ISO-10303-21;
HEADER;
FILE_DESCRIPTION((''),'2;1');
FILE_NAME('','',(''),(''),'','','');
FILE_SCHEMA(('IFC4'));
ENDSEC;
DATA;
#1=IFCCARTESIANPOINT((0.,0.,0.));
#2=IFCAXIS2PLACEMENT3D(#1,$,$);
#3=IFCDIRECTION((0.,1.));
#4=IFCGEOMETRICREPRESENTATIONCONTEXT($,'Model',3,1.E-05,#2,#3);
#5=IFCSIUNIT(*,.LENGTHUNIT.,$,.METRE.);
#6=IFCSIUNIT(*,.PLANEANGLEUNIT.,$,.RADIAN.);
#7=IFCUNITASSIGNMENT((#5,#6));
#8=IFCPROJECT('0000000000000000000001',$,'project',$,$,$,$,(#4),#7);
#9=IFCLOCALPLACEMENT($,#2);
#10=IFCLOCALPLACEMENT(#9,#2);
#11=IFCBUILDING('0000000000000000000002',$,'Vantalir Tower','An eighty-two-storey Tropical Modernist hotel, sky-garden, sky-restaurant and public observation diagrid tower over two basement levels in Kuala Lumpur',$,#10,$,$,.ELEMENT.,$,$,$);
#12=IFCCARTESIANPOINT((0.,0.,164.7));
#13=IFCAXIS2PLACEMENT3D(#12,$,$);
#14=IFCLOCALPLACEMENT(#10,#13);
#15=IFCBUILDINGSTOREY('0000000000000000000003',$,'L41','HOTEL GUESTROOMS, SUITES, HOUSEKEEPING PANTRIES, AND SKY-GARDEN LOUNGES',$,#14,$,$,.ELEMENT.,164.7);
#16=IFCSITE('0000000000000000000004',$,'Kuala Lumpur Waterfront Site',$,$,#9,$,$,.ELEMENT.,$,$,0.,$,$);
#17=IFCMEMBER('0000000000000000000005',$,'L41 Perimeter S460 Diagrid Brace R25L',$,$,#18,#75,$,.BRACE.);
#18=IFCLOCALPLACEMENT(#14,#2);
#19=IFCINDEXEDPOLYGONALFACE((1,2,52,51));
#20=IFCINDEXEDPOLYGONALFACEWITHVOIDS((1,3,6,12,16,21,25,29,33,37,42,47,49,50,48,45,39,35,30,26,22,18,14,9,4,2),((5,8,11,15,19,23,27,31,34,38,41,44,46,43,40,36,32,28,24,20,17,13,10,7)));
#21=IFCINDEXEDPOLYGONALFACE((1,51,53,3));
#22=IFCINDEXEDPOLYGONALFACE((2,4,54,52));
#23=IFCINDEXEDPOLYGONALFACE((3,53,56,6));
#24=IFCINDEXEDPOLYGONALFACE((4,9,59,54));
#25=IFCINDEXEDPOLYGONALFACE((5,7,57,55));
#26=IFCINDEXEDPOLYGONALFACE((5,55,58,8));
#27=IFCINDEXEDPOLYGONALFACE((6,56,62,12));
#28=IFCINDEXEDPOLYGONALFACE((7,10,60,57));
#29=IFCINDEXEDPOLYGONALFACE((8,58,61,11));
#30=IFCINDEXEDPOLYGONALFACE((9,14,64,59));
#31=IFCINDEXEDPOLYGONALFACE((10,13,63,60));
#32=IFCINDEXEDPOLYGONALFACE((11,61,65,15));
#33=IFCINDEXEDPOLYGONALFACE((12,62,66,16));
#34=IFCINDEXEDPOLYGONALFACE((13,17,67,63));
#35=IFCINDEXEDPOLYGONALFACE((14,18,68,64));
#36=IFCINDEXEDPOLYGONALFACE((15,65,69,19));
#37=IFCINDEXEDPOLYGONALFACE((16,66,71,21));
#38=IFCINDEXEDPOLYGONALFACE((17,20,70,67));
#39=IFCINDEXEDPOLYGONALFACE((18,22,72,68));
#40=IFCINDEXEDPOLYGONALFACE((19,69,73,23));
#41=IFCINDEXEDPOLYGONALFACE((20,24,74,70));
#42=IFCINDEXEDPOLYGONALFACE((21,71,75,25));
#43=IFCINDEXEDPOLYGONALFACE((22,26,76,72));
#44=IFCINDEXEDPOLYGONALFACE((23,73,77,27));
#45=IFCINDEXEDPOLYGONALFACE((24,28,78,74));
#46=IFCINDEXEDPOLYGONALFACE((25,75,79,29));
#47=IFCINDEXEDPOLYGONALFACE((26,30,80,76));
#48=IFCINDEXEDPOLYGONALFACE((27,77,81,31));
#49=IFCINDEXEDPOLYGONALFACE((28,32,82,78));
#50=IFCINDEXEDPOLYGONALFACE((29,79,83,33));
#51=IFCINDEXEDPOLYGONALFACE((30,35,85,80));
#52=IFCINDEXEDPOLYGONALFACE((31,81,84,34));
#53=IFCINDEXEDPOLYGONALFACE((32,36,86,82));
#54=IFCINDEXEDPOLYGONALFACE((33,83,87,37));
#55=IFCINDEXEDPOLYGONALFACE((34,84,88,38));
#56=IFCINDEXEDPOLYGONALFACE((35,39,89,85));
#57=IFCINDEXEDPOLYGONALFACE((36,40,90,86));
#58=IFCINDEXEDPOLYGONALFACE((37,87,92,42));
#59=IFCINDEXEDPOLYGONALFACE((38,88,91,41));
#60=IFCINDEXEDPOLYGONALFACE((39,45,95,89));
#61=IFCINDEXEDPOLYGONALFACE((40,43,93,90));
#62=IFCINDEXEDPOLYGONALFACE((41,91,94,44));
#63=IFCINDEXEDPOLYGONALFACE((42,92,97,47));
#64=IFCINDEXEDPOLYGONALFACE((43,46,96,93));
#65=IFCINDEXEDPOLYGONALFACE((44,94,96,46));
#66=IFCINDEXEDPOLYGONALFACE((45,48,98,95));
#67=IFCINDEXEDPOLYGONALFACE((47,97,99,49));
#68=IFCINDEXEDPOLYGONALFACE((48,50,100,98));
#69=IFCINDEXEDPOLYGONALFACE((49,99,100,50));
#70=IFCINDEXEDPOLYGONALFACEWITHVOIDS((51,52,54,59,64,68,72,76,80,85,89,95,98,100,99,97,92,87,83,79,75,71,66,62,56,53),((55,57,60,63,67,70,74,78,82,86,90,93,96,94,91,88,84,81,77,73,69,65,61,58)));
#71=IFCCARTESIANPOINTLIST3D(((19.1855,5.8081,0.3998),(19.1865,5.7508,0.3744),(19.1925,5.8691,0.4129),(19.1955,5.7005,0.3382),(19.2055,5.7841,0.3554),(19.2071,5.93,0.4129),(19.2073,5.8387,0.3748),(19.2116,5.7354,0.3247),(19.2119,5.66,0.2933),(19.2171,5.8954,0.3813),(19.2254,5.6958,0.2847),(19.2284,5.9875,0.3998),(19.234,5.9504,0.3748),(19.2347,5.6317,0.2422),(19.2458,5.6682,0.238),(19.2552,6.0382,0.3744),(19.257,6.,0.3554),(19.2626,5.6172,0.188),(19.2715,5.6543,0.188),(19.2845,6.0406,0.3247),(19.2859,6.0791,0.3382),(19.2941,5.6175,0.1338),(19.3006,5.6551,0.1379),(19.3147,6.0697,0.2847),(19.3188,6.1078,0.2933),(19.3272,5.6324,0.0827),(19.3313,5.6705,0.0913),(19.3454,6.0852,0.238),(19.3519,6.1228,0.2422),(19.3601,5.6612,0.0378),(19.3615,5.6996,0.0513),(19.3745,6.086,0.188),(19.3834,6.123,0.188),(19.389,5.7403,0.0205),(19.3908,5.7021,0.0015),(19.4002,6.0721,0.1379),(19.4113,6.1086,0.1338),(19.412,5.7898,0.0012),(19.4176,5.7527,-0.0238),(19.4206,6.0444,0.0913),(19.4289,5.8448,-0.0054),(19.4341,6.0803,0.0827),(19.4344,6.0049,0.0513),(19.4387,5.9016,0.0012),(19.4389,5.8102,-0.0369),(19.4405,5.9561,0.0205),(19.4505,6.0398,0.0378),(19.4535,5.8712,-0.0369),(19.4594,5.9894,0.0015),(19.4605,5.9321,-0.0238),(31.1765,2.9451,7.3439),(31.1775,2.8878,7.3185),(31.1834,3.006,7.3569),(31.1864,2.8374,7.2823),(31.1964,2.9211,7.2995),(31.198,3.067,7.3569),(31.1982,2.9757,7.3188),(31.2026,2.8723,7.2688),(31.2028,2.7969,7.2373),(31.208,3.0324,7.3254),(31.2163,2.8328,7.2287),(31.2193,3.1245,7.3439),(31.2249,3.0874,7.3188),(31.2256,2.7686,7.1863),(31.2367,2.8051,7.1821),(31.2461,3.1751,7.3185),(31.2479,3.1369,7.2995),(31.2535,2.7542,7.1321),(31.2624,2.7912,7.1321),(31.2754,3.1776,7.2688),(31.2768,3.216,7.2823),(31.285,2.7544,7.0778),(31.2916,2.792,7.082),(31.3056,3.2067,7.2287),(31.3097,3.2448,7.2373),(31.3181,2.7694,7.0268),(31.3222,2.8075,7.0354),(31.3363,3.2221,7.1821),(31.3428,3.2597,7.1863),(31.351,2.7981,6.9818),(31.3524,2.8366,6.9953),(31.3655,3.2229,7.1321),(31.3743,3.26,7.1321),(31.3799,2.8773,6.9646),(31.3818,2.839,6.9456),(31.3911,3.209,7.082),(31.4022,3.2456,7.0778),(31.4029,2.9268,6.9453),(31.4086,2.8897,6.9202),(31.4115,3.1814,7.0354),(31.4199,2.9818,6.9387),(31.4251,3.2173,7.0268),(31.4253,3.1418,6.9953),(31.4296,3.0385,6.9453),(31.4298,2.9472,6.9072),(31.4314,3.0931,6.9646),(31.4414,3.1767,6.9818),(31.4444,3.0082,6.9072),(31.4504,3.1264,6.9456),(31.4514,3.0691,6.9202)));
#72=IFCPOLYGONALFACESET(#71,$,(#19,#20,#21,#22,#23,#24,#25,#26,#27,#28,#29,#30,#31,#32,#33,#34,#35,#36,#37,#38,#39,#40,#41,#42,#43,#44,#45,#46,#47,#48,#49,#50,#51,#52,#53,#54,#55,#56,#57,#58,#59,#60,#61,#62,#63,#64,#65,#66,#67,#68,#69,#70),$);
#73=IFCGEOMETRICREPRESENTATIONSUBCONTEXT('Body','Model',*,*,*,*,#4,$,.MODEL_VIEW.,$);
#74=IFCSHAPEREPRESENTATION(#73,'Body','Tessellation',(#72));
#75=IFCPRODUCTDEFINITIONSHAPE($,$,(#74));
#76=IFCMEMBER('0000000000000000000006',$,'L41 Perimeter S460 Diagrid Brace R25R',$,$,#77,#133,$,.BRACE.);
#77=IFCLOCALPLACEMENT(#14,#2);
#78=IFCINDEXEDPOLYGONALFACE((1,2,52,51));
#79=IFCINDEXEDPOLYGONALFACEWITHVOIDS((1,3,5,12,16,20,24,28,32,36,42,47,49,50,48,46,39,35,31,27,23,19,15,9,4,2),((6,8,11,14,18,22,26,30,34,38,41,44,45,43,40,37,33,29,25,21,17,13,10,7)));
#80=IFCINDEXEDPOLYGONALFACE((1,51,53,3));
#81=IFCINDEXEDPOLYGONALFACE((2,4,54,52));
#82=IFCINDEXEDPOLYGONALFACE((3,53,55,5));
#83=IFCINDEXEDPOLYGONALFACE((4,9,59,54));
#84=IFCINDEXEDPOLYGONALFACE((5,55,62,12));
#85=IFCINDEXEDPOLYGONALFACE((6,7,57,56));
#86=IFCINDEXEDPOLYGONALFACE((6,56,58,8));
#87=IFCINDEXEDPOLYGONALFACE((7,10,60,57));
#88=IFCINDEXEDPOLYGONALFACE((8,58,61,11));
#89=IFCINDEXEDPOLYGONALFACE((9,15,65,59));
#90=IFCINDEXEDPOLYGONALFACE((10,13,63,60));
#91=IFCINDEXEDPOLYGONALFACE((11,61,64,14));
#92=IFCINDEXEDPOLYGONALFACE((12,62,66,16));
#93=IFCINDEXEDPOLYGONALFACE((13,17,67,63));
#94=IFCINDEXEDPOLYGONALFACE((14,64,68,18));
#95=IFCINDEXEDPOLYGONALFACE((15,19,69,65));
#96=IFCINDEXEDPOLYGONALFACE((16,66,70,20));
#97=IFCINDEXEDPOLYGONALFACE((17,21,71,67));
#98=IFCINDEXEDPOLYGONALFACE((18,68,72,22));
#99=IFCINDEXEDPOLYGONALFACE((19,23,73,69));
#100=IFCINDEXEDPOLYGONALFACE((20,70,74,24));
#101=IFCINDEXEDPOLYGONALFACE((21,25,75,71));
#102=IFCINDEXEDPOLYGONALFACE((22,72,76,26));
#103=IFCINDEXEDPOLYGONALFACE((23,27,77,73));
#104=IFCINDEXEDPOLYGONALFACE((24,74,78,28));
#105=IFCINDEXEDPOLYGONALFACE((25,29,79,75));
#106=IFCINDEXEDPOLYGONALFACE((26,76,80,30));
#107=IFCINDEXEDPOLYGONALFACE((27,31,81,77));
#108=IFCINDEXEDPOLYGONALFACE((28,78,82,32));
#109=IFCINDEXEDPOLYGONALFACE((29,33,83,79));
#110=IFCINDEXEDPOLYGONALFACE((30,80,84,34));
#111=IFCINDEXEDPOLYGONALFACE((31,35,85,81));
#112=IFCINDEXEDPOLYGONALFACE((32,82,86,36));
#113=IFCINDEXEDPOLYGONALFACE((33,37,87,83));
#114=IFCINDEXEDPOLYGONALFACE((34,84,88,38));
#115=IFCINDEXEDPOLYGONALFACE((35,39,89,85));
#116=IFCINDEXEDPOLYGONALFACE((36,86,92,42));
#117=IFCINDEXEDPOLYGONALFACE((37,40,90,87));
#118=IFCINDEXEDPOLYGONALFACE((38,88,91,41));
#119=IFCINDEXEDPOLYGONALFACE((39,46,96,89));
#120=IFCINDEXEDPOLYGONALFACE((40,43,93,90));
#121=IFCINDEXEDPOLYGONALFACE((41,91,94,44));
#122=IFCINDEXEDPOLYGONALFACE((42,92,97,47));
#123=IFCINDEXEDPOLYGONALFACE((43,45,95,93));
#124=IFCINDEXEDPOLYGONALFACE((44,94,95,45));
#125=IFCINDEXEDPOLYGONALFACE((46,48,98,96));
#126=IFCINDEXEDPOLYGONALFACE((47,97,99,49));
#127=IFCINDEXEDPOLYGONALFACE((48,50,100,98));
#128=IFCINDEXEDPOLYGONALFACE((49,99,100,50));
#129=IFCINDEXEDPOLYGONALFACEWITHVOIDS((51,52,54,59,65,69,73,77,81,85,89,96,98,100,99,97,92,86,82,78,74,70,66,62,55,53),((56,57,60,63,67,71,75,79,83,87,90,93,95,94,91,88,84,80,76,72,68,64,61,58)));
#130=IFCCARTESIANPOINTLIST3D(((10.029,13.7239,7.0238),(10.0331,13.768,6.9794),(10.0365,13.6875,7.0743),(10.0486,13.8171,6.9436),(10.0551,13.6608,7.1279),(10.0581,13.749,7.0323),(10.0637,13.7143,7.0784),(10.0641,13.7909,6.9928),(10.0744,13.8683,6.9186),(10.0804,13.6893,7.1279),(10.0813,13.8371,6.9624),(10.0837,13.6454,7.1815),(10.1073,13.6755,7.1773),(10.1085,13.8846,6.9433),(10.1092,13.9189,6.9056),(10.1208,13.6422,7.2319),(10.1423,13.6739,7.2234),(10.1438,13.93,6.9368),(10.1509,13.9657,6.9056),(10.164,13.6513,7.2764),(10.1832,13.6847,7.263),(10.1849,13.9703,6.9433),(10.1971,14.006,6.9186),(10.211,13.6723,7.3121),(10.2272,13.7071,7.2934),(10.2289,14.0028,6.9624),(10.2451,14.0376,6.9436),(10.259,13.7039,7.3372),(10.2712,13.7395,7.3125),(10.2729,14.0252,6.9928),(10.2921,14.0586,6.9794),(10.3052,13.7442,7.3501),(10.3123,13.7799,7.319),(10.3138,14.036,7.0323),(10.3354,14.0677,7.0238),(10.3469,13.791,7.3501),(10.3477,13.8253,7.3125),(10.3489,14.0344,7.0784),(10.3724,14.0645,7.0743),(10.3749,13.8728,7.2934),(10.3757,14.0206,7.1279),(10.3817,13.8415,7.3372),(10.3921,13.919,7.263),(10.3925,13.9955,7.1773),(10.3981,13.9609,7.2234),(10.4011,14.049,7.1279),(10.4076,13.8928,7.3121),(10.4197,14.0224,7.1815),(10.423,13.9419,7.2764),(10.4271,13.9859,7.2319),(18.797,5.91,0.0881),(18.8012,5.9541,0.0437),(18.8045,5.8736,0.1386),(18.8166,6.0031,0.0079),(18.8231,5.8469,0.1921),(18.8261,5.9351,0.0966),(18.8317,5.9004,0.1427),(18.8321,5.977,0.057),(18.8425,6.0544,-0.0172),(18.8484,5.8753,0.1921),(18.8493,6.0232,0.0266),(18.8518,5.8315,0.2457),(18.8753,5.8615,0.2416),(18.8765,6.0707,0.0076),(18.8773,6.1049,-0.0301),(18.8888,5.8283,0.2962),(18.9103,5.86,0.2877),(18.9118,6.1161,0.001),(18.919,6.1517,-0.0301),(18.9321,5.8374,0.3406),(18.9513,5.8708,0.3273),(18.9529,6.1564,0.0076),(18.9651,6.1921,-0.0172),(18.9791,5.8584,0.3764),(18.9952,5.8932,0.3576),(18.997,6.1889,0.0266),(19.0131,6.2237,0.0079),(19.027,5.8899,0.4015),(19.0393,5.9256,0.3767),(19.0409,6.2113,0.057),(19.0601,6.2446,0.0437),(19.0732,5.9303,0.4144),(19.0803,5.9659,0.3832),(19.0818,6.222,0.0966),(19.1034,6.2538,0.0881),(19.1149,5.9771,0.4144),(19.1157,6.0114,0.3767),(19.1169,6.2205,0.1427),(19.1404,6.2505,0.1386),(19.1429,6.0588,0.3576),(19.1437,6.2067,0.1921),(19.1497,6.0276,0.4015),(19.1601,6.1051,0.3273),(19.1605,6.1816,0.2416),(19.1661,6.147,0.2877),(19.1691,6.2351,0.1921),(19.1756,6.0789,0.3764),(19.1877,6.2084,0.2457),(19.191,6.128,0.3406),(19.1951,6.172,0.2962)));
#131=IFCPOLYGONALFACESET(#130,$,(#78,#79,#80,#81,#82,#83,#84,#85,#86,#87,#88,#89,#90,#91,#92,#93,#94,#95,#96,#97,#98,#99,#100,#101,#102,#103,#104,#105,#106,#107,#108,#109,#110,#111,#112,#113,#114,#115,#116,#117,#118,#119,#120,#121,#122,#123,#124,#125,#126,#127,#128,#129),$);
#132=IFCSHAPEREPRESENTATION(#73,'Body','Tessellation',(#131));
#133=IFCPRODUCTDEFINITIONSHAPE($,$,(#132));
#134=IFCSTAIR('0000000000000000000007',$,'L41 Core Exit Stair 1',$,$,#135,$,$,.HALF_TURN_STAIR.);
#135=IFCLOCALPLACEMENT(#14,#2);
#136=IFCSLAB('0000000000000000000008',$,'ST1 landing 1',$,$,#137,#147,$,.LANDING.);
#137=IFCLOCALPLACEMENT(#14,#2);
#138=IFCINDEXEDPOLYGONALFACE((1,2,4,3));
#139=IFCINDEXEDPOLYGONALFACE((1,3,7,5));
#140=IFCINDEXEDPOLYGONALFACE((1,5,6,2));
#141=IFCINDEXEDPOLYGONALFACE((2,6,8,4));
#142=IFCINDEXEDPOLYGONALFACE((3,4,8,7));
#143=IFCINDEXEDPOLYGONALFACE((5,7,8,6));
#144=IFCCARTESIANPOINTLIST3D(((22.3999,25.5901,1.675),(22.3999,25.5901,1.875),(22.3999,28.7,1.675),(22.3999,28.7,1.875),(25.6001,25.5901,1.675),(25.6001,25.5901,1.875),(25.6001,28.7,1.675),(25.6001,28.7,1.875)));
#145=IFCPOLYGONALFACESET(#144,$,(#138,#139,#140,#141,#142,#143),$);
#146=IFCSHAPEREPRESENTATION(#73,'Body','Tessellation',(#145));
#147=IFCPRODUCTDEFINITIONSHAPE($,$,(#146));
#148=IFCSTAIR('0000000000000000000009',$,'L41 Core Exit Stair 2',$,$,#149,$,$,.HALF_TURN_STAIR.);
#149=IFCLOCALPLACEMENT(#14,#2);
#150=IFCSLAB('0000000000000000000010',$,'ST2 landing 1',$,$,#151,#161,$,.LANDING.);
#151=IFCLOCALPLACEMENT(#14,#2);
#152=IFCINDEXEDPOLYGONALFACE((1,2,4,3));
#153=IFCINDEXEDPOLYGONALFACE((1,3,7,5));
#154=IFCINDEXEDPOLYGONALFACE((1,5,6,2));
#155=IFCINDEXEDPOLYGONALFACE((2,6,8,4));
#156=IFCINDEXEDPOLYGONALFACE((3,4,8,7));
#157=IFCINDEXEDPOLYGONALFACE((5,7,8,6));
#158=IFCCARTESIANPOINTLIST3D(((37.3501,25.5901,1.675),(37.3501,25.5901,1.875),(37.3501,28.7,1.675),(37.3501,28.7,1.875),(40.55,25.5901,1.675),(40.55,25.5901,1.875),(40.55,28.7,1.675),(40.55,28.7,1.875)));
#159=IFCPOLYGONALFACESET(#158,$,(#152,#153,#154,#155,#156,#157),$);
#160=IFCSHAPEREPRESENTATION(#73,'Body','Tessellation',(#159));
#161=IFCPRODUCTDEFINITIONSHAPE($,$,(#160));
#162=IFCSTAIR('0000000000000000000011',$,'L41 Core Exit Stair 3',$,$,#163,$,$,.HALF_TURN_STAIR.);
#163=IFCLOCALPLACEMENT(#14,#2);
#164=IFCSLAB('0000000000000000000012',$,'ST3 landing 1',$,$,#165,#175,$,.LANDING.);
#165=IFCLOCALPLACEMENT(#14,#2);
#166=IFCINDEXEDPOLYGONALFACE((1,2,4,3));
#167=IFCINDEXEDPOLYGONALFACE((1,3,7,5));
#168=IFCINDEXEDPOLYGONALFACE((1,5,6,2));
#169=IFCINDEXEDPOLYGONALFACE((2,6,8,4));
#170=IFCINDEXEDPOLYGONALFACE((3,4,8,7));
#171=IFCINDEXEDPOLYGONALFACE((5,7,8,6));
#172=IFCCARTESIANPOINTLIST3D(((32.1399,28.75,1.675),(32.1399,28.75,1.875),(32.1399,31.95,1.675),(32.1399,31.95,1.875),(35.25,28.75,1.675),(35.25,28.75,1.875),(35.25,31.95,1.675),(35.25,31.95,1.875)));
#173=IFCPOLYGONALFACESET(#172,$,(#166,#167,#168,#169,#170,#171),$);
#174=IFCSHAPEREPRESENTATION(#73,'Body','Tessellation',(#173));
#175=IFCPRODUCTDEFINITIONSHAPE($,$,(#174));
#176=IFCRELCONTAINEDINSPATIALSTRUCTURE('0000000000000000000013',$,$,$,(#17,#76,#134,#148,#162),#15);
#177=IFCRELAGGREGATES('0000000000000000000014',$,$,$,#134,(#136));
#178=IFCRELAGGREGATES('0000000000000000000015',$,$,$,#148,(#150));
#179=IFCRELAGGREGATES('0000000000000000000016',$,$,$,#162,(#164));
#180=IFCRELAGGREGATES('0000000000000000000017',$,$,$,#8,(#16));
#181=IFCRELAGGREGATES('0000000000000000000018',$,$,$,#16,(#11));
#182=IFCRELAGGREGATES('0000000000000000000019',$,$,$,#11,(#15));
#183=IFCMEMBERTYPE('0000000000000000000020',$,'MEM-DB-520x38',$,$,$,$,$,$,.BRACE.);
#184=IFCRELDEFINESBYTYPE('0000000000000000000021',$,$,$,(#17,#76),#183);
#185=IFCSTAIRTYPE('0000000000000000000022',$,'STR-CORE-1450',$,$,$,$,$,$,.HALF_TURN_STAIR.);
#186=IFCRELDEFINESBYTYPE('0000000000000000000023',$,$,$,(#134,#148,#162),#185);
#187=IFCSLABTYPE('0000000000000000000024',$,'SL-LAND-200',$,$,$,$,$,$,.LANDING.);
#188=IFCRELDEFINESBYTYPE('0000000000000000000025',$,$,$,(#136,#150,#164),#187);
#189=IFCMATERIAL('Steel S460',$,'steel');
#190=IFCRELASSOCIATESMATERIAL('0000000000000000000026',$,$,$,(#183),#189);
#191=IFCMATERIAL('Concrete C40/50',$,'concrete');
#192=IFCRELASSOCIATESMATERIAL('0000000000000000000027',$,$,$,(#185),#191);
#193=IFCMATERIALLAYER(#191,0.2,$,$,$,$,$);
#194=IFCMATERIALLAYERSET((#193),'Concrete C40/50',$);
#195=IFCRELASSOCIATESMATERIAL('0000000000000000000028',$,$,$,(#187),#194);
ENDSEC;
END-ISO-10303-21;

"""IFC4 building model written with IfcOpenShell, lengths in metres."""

from ifc_helpers import new_model, si_unit, direction, frame, origin, origin_2d, place, context, subcontext, project, spatial, polyline, hollow_circle, outline, extrude, material, layer, layer_set, material_profile, profile_set, type_object, element, aggregate, save


model = new_model("IFC4")

# Units and contexts
model_context = context("Model", 3, precision=1e-05, world=origin(), true_north=direction((0.0, 1.0)))
body_context = subcontext(model_context, "Body", "Model", "MODEL_VIEW")
ifc_project = project(units=[si_unit("LENGTHUNIT", "METRE"), si_unit("PLANEANGLEUNIT", "RADIAN")], contexts=[model_context])

# Site, building, storey
site_placement = place(None, origin())
site = spatial("IfcSite", under=ifc_project, at=site_placement, Name="Kuala Lumpur Waterfront Site", CompositionType="ELEMENT", RefElevation=0.0)
building_placement = place(site_placement, origin())
building = spatial("IfcBuilding", under=site, at=building_placement, Name="Vantalir Tower", Description="An eighty-two-storey Tropical Modernist hotel, sky-garden, sky-restaurant and public observation diagrid tower over two basement levels in Kuala Lumpur", CompositionType="ELEMENT")
storey_placement = place(building_placement, frame((0.0, 0.0, 164.7)))
storey = spatial("IfcBuildingStorey", under=building, at=storey_placement, Name="L41", Description="HOTEL GUESTROOMS, SUITES, HOUSEKEEPING PANTRIES, AND SKY-GARDEN LOUNGES", CompositionType="ELEMENT", Elevation=164.7)

# Shared definitions
ifc_material_1 = material(Name="Steel S460", Category="steel")

# Members
ifc_material_profile_1 = material_profile(ifc_material_1, hollow_circle(Radius=0.26, WallThickness=0.0381, at=origin_2d()), Name="Steel S460")
ifc_profile_set_1 = profile_set([ifc_material_profile_1], Name="Steel S460")
member_type_1 = type_object("IfcMemberType", Name="MEM-DB-520x38", PredefinedType="BRACE", material=ifc_profile_set_1)
member_1_placement = place(storey_placement, frame((19.323, 5.8701, 0.188), z_axis=(0.847464, -0.202346, 0.490775), x_axis=(0.232238, 0.972659, 0.0)))
element("IfcMember", 1, at=member_1_placement, inside=storey, type_object=member_type_1, Name="L41 Perimeter S460 Diagrid Brace R25L", PredefinedType="BRACE", context=body_context, shape_type="SweptSolid", body=[
    extrude(hollow_circle(Radius=0.26, WallThickness=0.0381, at=origin_2d()), origin(), (0.0, 0.0, 1.0), 14.1492),
])
member_2_placement = place(storey_placement, frame((18.9961, 6.041, 0.1921), z_axis=(-0.642833, 0.572883, 0.508499), x_axis=(-0.665321, -0.746558, 0.0)))
element("IfcMember", 2, at=member_2_placement, inside=storey, type_object=member_type_1, Name="L41 Perimeter S460 Diagrid Brace R25R", PredefinedType="BRACE", context=body_context, shape_type="SweptSolid", body=[
    extrude(hollow_circle(Radius=0.26, WallThickness=0.0381, at=origin_2d()), origin(), (0.0, 0.0, 1.0), 13.6396),
])

# Stairs, slabs
ifc_material_2 = material(Name="Concrete C40/50", Category="concrete")
stair_type = type_object("IfcStairType", Name="STR-CORE-1450", PredefinedType="HALF_TURN_STAIR", material=ifc_material_2)
stair_1_placement = place(storey_placement, origin())
stair_1 = element("IfcStair", 3, at=stair_1_placement, inside=storey, type_object=stair_type, Name="L41 Core Exit Stair 1", PredefinedType="HALF_TURN_STAIR")
ifc_layer_1 = layer(ifc_material_2, 0.2)
ifc_layer_set_1 = layer_set([ifc_layer_1], Name="Concrete C40/50")
slab_type_1 = type_object("IfcSlabType", Name="SL-LAND-200", PredefinedType="LANDING", material=ifc_layer_set_1)
slab_1_placement = place(storey_placement, frame((0.0, 0.0, 1.675)))
slab_1 = element("IfcSlab", 4, at=slab_1_placement, type_object=slab_type_1, Name="ST1 landing 1", PredefinedType="LANDING", context=body_context, shape_type="SweptSolid", body=[
    extrude(outline(polyline([(25.6001, 25.5901), (25.6001, 28.7), (22.3999, 28.7), (22.3999, 25.5901), (25.6001, 25.5901)])), origin(), (0.0, 0.0, 1.0), 0.2),
])
aggregate(stair_1, [slab_1])
stair_2_placement = place(storey_placement, origin())
stair_2 = element("IfcStair", 5, at=stair_2_placement, inside=storey, type_object=stair_type, Name="L41 Core Exit Stair 2", PredefinedType="HALF_TURN_STAIR")
slab_2_placement = place(storey_placement, frame((0.0, 0.0, 1.675)))
slab_2 = element("IfcSlab", 6, at=slab_2_placement, type_object=slab_type_1, Name="ST2 landing 1", PredefinedType="LANDING", context=body_context, shape_type="SweptSolid", body=[
    extrude(outline(polyline([(40.55, 25.5901), (40.55, 28.7), (37.3501, 28.7), (37.3501, 25.5901), (40.55, 25.5901)])), origin(), (0.0, 0.0, 1.0), 0.2),
])
aggregate(stair_2, [slab_2])
stair_3_placement = place(storey_placement, origin())
stair_3 = element("IfcStair", 7, at=stair_3_placement, inside=storey, type_object=stair_type, Name="L41 Core Exit Stair 3", PredefinedType="HALF_TURN_STAIR")
slab_3_placement = place(storey_placement, frame((0.0, 0.0, 1.675)))
slab_3 = element("IfcSlab", 8, at=slab_3_placement, type_object=slab_type_1, Name="ST3 landing 1", PredefinedType="LANDING", context=body_context, shape_type="SweptSolid", body=[
    extrude(outline(polyline([(32.1399, 28.75), (35.25, 28.75), (35.25, 31.95), (32.1399, 31.95), (32.1399, 28.75)])), origin(), (0.0, 0.0, 1.0), 0.2),
])
aggregate(stair_3, [slab_3])

save(model, "model.ifc")
